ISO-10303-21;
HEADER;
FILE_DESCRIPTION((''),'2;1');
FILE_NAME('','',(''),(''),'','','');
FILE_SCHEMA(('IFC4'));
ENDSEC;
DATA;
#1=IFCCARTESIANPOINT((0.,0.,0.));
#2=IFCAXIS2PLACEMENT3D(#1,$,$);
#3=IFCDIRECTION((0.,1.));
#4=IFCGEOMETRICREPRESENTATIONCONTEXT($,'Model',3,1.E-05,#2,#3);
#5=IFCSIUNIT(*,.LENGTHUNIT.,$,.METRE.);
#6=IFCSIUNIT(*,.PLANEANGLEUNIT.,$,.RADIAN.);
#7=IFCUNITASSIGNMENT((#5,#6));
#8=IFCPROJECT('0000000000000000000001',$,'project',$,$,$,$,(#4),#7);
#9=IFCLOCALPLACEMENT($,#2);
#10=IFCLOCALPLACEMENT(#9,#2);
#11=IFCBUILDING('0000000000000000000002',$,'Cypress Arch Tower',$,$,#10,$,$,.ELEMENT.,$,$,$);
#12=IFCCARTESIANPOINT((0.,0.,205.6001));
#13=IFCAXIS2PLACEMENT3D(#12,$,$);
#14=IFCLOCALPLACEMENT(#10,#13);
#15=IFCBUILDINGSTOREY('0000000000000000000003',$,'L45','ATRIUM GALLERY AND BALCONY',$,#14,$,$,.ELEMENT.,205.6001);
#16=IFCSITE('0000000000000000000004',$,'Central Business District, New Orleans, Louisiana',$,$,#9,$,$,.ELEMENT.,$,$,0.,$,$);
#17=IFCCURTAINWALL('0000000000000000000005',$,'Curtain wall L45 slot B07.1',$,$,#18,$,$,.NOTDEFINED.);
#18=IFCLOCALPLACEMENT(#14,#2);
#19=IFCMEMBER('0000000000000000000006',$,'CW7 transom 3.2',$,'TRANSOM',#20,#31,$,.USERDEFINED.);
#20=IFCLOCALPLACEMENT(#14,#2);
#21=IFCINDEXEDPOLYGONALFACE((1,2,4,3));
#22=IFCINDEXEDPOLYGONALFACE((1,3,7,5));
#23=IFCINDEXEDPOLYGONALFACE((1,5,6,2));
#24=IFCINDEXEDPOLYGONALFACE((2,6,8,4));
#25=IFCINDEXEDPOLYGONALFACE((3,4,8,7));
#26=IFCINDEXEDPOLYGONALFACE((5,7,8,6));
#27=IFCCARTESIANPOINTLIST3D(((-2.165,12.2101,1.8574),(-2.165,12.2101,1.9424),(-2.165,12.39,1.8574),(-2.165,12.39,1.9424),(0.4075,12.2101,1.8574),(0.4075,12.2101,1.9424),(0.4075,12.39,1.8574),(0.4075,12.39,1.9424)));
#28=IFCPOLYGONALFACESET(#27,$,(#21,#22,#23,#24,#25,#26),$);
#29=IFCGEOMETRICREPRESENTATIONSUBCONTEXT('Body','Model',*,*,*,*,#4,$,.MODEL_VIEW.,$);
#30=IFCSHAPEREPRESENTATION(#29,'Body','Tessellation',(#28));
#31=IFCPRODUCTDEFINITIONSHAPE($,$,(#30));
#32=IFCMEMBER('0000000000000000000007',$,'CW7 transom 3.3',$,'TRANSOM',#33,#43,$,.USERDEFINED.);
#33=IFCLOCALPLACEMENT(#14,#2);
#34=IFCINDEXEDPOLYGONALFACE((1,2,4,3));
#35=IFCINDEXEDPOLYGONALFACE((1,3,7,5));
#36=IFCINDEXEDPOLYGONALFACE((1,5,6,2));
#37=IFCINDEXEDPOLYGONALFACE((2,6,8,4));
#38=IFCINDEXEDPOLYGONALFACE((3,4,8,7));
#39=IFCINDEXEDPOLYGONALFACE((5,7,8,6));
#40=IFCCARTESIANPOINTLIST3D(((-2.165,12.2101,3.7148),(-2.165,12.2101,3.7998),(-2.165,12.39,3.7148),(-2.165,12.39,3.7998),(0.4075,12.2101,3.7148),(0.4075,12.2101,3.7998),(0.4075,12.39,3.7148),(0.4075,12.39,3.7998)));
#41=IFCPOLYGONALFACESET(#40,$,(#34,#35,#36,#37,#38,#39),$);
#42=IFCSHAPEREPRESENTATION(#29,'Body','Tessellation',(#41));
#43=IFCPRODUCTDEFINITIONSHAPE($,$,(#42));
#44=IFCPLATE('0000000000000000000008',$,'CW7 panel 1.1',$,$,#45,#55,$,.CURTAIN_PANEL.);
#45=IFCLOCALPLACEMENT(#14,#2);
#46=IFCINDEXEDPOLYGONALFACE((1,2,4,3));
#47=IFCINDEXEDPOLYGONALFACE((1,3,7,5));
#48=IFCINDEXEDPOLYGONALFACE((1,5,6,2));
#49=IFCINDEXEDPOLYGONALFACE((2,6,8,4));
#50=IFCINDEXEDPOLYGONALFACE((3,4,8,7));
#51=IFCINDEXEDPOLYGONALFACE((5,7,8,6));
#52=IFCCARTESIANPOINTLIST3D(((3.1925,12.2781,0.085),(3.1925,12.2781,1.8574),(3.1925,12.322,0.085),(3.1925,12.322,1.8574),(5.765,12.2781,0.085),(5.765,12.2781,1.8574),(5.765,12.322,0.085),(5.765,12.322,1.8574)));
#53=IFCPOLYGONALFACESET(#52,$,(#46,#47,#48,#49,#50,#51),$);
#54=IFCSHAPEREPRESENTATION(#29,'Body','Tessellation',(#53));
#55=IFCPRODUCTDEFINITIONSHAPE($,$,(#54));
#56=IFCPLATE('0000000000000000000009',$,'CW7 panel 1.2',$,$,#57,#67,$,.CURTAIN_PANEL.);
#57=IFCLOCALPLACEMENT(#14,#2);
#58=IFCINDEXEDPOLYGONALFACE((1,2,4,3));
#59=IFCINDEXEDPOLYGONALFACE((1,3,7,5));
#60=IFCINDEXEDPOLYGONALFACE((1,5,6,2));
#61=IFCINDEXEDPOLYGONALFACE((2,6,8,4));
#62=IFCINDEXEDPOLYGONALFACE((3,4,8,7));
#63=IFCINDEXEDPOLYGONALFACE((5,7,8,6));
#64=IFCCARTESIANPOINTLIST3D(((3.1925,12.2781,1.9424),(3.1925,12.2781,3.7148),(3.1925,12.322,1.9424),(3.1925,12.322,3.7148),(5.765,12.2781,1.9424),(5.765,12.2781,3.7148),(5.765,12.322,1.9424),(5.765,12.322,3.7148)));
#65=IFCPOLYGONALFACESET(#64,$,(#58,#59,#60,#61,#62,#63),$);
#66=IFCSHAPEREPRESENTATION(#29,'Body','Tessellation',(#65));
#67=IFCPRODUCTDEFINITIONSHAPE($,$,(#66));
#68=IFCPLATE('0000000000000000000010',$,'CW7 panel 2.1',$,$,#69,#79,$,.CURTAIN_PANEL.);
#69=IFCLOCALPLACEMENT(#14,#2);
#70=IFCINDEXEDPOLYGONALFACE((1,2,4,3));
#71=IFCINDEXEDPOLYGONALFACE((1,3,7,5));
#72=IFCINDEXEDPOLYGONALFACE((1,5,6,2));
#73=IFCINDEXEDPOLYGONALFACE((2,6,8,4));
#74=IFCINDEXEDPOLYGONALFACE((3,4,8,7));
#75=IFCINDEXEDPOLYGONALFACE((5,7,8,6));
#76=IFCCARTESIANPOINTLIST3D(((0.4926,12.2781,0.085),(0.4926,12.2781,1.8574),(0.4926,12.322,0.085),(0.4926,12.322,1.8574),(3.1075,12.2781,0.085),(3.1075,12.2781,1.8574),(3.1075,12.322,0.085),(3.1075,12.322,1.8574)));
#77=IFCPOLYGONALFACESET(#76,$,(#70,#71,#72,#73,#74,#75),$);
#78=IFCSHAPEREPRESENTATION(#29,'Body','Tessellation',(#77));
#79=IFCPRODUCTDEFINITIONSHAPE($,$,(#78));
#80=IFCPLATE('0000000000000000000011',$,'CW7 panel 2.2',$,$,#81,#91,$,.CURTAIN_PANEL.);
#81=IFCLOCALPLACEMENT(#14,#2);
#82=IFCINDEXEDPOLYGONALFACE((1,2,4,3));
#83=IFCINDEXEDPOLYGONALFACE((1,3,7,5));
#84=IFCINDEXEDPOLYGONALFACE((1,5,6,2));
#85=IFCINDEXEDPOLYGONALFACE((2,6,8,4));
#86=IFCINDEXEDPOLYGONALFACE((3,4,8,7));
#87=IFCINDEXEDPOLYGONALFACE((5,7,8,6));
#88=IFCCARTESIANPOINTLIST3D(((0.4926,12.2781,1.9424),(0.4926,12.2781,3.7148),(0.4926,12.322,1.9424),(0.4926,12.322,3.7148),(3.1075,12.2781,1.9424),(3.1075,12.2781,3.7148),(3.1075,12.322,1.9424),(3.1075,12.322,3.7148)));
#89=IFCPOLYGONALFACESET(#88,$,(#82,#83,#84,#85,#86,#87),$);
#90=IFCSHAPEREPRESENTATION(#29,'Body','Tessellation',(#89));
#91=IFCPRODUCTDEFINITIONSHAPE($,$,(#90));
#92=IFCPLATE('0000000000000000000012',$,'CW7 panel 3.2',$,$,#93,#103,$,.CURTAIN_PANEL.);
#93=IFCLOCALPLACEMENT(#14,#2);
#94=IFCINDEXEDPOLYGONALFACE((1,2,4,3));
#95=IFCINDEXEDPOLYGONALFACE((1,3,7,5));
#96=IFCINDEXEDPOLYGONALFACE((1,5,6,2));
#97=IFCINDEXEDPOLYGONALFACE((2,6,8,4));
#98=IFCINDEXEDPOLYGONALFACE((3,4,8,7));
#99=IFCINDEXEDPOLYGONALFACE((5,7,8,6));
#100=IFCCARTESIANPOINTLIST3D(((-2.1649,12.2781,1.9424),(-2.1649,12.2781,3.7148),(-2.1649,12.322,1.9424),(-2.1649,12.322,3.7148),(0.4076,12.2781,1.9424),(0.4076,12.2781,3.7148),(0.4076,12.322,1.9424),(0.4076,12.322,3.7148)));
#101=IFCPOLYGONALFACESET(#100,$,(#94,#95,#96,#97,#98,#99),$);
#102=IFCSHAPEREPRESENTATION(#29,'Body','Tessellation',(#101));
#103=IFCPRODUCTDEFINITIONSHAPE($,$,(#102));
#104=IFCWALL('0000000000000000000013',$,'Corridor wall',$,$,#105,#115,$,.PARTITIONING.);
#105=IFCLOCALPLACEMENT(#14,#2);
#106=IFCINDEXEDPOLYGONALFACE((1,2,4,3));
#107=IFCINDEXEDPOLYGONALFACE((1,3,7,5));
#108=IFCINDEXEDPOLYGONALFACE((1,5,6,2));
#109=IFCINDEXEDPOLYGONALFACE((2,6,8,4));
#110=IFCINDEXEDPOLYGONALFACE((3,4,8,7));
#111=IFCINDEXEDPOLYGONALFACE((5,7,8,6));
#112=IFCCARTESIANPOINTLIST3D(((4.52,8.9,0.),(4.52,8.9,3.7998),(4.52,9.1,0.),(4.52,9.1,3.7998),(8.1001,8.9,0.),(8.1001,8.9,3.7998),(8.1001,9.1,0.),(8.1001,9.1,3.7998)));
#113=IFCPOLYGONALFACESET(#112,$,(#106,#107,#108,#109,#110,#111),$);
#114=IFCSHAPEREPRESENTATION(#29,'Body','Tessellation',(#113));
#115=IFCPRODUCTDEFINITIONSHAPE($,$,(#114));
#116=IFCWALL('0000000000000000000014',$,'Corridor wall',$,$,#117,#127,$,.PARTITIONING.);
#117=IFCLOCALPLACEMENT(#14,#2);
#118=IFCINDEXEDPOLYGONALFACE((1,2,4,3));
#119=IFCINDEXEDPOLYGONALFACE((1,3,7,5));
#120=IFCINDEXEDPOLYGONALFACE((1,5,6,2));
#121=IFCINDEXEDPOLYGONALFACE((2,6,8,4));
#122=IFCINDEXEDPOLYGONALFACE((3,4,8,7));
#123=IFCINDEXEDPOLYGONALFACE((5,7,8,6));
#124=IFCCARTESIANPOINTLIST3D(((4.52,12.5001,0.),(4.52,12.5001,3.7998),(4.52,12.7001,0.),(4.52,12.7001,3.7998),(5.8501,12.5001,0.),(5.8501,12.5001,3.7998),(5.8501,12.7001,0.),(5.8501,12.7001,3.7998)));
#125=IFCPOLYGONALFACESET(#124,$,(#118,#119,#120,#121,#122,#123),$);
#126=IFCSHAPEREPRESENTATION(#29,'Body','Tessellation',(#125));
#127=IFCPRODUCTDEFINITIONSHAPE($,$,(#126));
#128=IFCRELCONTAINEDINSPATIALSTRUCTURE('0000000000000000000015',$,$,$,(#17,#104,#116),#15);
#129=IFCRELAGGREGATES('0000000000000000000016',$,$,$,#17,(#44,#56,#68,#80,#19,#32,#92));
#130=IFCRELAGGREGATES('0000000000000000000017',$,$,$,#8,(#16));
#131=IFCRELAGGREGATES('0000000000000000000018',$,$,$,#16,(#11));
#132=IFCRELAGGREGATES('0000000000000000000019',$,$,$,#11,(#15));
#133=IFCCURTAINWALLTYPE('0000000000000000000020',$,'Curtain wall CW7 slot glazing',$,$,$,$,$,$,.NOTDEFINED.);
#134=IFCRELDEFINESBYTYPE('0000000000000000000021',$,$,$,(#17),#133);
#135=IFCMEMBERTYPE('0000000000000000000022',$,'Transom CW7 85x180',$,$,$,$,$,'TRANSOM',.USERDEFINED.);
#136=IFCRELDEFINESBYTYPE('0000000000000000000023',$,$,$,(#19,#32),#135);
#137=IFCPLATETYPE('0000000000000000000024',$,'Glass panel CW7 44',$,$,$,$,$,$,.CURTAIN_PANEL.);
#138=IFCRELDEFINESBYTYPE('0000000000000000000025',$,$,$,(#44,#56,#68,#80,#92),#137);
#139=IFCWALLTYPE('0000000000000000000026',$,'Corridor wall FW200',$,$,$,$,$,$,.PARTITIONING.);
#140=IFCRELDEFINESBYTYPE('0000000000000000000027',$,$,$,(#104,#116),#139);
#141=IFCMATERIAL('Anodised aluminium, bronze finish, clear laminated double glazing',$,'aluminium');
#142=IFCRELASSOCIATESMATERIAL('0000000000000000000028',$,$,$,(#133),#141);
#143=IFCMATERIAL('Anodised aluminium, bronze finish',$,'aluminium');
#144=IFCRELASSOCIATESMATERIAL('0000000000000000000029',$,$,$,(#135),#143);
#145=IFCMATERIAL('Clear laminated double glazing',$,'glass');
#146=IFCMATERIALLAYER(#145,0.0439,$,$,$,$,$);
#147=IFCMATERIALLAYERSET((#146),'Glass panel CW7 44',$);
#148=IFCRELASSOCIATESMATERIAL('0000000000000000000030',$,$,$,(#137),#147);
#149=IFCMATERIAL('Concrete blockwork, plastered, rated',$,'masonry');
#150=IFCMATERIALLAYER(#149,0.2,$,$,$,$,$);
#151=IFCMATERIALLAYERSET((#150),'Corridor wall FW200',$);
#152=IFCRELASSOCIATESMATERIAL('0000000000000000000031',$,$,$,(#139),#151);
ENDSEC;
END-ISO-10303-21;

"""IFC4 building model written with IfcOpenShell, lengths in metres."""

from ifc_helpers import new_model, si_unit, direction, frame, frame_2d, origin, origin_2d, place, context, subcontext, project, spatial, rectangle, extrude, material, layer, layer_set, material_profile, profile_set, type_object, element, aggregate, save


model = new_model("IFC4")

# Units and contexts
model_context = context("Model", 3, precision=1e-05, world=origin(), true_north=direction((0.0, 1.0)))
body_context = subcontext(model_context, "Body", "Model", "MODEL_VIEW")
ifc_project = project(units=[si_unit("LENGTHUNIT", "METRE"), si_unit("PLANEANGLEUNIT", "RADIAN")], contexts=[model_context])

# Site, building, storey
site_placement = place(None, origin())
site = spatial("IfcSite", under=ifc_project, at=site_placement, Name="Central Business District, New Orleans, Louisiana", CompositionType="ELEMENT", RefElevation=0.0)
building_placement = place(site_placement, origin())
building = spatial("IfcBuilding", under=site, at=building_placement, Name="Cypress Arch Tower", CompositionType="ELEMENT")
storey_placement = place(building_placement, frame((0.0, 0.0, 205.6001)))
storey = spatial("IfcBuildingStorey", under=building, at=storey_placement, Name="L45", Description="ATRIUM GALLERY AND BALCONY", CompositionType="ELEMENT", Elevation=205.6001)

# Curtain wall, members, plates
ifc_material_1 = material(Name="Anodised aluminium, bronze finish, clear laminated double glazing", Category="aluminium")
curtain_wall_type = type_object("IfcCurtainWallType", Name="Curtain wall CW7 slot glazing", PredefinedType="NOTDEFINED", material=ifc_material_1)
curtain_wall_placement = place(storey_placement, origin())
curtain_wall = element("IfcCurtainWall", 1, at=curtain_wall_placement, inside=storey, type_object=curtain_wall_type, Name="Curtain wall L45 slot B07.1", PredefinedType="NOTDEFINED")
ifc_material_2 = material(Name="Anodised aluminium, bronze finish", Category="aluminium")
ifc_material_profile_1 = material_profile(ifc_material_2, rectangle(XDim=0.1799, YDim=0.085, at=origin_2d()), Name="Transom 85x180")
ifc_profile_set_1 = profile_set([ifc_material_profile_1], Name="Anodised aluminium, bronze finish")
member_type_1 = type_object("IfcMemberType", Name="Transom CW7 85x180", ElementType="TRANSOM", PredefinedType="USERDEFINED", material=ifc_profile_set_1)
member_1_placement = place(storey_placement, frame((0.4075, 12.3, 1.8999), z_axis=(-1.0, 0.0, 0.0), x_axis=(0.0, -1.0, 0.0)))
member_1 = element("IfcMember", 2, at=member_1_placement, type_object=member_type_1, Name="CW7 transom 3.2", ObjectType="TRANSOM", PredefinedType="USERDEFINED", context=body_context, shape_type="SweptSolid", body=[
    extrude(rectangle(XDim=0.1799, YDim=0.085, at=origin_2d()), origin(), (0.0, 0.0, 1.0), 2.5725),
])
member_2_placement = place(storey_placement, frame((0.4075, 12.3, 3.7573), z_axis=(-1.0, 0.0, 0.0), x_axis=(0.0, -1.0, 0.0)))
member_2 = element("IfcMember", 3, at=member_2_placement, type_object=member_type_1, Name="CW7 transom 3.3", ObjectType="TRANSOM", PredefinedType="USERDEFINED", context=body_context, shape_type="SweptSolid", body=[
    extrude(rectangle(XDim=0.1799, YDim=0.085, at=origin_2d()), origin(), (0.0, 0.0, 1.0), 2.5725),
])
ifc_material_3 = material(Name="Clear laminated double glazing", Category="glass")
ifc_layer_1 = layer(ifc_material_3, 0.0439)
ifc_layer_set_1 = layer_set([ifc_layer_1], Name="Glass panel CW7 44")
plate_type = type_object("IfcPlateType", Name="Glass panel CW7 44", PredefinedType="CURTAIN_PANEL", material=ifc_layer_set_1)
plate_1_placement = place(storey_placement, frame((4.4788, 12.3, 0.085), z_axis=(0.0, 0.0, 1.0), x_axis=(-1.0, 0.0, 0.0)))
plate_1 = element("IfcPlate", 4, at=plate_1_placement, type_object=plate_type, Name="CW7 panel 1.1", PredefinedType="CURTAIN_PANEL", context=body_context, shape_type="SweptSolid", body=[
    extrude(rectangle(XDim=2.5725, YDim=0.0439, at=origin_2d()), origin(), (0.0, 0.0, 1.0), 1.7725),
])
plate_2_placement = place(storey_placement, frame((4.4788, 12.3, 1.9424), z_axis=(0.0, 0.0, 1.0), x_axis=(-1.0, 0.0, 0.0)))
plate_2 = element("IfcPlate", 5, at=plate_2_placement, type_object=plate_type, Name="CW7 panel 1.2", PredefinedType="CURTAIN_PANEL", context=body_context, shape_type="SweptSolid", body=[
    extrude(rectangle(XDim=2.5725, YDim=0.0439, at=origin_2d()), origin(), (0.0, 0.0, 1.0), 1.7725),
])
plate_3_placement = place(storey_placement, frame((1.8, 12.3, 0.085), z_axis=(0.0, 0.0, 1.0), x_axis=(-1.0, 0.0, 0.0)))
plate_3 = element("IfcPlate", 6, at=plate_3_placement, type_object=plate_type, Name="CW7 panel 2.1", PredefinedType="CURTAIN_PANEL", context=body_context, shape_type="SweptSolid", body=[
    extrude(rectangle(XDim=2.615, YDim=0.0439, at=origin_2d()), origin(), (0.0, 0.0, 1.0), 1.7725),
])
plate_4_placement = place(storey_placement, frame((1.8, 12.3, 1.9424), z_axis=(0.0, 0.0, 1.0), x_axis=(-1.0, 0.0, 0.0)))
plate_4 = element("IfcPlate", 7, at=plate_4_placement, type_object=plate_type, Name="CW7 panel 2.2", PredefinedType="CURTAIN_PANEL", context=body_context, shape_type="SweptSolid", body=[
    extrude(rectangle(XDim=2.615, YDim=0.0439, at=origin_2d()), origin(), (0.0, 0.0, 1.0), 1.7725),
])
plate_5_placement = place(storey_placement, frame((-0.8787, 12.3, 1.9424), z_axis=(0.0, 0.0, 1.0), x_axis=(-1.0, 0.0, 0.0)))
plate_5 = element("IfcPlate", 8, at=plate_5_placement, type_object=plate_type, Name="CW7 panel 3.2", PredefinedType="CURTAIN_PANEL", context=body_context, shape_type="SweptSolid", body=[
    extrude(rectangle(XDim=2.5725, YDim=0.0439, at=origin_2d()), origin(), (0.0, 0.0, 1.0), 1.7725),
])
aggregate(curtain_wall, [plate_1, plate_2, plate_3, plate_4, member_1, member_2, plate_5])

# Walls
ifc_material_4 = material(Name="Concrete blockwork, plastered, rated", Category="masonry")
ifc_layer_2 = layer(ifc_material_4, 0.2)
ifc_layer_set_2 = layer_set([ifc_layer_2], Name="Corridor wall FW200")
wall_type = type_object("IfcWallType", Name="Corridor wall FW200", PredefinedType="PARTITIONING", material=ifc_layer_set_2)
wall_1_placement = place(storey_placement, frame((4.52, 9.0, 0.0), z_axis=(0.0, 0.0, 1.0), x_axis=(1.0, 0.0, 0.0)))
element("IfcWall", 9, at=wall_1_placement, inside=storey, type_object=wall_type, Name="Corridor wall", PredefinedType="PARTITIONING", context=body_context, shape_type="SweptSolid", body=[
    extrude(rectangle(XDim=3.5801, YDim=0.2, at=frame_2d((1.79, 0.0))), origin(), (0.0, 0.0, 1.0), 3.7998),
])
wall_2_placement = place(storey_placement, frame((4.52, 12.6001, 0.0), z_axis=(0.0, 0.0, 1.0), x_axis=(1.0, 0.0, 0.0)))
element("IfcWall", 10, at=wall_2_placement, inside=storey, type_object=wall_type, Name="Corridor wall", PredefinedType="PARTITIONING", context=body_context, shape_type="SweptSolid", body=[
    extrude(rectangle(XDim=1.3301, YDim=0.2, at=frame_2d((0.665, 0.0))), origin(), (0.0, 0.0, 1.0), 3.7998),
])

save(model, "model.ifc")
